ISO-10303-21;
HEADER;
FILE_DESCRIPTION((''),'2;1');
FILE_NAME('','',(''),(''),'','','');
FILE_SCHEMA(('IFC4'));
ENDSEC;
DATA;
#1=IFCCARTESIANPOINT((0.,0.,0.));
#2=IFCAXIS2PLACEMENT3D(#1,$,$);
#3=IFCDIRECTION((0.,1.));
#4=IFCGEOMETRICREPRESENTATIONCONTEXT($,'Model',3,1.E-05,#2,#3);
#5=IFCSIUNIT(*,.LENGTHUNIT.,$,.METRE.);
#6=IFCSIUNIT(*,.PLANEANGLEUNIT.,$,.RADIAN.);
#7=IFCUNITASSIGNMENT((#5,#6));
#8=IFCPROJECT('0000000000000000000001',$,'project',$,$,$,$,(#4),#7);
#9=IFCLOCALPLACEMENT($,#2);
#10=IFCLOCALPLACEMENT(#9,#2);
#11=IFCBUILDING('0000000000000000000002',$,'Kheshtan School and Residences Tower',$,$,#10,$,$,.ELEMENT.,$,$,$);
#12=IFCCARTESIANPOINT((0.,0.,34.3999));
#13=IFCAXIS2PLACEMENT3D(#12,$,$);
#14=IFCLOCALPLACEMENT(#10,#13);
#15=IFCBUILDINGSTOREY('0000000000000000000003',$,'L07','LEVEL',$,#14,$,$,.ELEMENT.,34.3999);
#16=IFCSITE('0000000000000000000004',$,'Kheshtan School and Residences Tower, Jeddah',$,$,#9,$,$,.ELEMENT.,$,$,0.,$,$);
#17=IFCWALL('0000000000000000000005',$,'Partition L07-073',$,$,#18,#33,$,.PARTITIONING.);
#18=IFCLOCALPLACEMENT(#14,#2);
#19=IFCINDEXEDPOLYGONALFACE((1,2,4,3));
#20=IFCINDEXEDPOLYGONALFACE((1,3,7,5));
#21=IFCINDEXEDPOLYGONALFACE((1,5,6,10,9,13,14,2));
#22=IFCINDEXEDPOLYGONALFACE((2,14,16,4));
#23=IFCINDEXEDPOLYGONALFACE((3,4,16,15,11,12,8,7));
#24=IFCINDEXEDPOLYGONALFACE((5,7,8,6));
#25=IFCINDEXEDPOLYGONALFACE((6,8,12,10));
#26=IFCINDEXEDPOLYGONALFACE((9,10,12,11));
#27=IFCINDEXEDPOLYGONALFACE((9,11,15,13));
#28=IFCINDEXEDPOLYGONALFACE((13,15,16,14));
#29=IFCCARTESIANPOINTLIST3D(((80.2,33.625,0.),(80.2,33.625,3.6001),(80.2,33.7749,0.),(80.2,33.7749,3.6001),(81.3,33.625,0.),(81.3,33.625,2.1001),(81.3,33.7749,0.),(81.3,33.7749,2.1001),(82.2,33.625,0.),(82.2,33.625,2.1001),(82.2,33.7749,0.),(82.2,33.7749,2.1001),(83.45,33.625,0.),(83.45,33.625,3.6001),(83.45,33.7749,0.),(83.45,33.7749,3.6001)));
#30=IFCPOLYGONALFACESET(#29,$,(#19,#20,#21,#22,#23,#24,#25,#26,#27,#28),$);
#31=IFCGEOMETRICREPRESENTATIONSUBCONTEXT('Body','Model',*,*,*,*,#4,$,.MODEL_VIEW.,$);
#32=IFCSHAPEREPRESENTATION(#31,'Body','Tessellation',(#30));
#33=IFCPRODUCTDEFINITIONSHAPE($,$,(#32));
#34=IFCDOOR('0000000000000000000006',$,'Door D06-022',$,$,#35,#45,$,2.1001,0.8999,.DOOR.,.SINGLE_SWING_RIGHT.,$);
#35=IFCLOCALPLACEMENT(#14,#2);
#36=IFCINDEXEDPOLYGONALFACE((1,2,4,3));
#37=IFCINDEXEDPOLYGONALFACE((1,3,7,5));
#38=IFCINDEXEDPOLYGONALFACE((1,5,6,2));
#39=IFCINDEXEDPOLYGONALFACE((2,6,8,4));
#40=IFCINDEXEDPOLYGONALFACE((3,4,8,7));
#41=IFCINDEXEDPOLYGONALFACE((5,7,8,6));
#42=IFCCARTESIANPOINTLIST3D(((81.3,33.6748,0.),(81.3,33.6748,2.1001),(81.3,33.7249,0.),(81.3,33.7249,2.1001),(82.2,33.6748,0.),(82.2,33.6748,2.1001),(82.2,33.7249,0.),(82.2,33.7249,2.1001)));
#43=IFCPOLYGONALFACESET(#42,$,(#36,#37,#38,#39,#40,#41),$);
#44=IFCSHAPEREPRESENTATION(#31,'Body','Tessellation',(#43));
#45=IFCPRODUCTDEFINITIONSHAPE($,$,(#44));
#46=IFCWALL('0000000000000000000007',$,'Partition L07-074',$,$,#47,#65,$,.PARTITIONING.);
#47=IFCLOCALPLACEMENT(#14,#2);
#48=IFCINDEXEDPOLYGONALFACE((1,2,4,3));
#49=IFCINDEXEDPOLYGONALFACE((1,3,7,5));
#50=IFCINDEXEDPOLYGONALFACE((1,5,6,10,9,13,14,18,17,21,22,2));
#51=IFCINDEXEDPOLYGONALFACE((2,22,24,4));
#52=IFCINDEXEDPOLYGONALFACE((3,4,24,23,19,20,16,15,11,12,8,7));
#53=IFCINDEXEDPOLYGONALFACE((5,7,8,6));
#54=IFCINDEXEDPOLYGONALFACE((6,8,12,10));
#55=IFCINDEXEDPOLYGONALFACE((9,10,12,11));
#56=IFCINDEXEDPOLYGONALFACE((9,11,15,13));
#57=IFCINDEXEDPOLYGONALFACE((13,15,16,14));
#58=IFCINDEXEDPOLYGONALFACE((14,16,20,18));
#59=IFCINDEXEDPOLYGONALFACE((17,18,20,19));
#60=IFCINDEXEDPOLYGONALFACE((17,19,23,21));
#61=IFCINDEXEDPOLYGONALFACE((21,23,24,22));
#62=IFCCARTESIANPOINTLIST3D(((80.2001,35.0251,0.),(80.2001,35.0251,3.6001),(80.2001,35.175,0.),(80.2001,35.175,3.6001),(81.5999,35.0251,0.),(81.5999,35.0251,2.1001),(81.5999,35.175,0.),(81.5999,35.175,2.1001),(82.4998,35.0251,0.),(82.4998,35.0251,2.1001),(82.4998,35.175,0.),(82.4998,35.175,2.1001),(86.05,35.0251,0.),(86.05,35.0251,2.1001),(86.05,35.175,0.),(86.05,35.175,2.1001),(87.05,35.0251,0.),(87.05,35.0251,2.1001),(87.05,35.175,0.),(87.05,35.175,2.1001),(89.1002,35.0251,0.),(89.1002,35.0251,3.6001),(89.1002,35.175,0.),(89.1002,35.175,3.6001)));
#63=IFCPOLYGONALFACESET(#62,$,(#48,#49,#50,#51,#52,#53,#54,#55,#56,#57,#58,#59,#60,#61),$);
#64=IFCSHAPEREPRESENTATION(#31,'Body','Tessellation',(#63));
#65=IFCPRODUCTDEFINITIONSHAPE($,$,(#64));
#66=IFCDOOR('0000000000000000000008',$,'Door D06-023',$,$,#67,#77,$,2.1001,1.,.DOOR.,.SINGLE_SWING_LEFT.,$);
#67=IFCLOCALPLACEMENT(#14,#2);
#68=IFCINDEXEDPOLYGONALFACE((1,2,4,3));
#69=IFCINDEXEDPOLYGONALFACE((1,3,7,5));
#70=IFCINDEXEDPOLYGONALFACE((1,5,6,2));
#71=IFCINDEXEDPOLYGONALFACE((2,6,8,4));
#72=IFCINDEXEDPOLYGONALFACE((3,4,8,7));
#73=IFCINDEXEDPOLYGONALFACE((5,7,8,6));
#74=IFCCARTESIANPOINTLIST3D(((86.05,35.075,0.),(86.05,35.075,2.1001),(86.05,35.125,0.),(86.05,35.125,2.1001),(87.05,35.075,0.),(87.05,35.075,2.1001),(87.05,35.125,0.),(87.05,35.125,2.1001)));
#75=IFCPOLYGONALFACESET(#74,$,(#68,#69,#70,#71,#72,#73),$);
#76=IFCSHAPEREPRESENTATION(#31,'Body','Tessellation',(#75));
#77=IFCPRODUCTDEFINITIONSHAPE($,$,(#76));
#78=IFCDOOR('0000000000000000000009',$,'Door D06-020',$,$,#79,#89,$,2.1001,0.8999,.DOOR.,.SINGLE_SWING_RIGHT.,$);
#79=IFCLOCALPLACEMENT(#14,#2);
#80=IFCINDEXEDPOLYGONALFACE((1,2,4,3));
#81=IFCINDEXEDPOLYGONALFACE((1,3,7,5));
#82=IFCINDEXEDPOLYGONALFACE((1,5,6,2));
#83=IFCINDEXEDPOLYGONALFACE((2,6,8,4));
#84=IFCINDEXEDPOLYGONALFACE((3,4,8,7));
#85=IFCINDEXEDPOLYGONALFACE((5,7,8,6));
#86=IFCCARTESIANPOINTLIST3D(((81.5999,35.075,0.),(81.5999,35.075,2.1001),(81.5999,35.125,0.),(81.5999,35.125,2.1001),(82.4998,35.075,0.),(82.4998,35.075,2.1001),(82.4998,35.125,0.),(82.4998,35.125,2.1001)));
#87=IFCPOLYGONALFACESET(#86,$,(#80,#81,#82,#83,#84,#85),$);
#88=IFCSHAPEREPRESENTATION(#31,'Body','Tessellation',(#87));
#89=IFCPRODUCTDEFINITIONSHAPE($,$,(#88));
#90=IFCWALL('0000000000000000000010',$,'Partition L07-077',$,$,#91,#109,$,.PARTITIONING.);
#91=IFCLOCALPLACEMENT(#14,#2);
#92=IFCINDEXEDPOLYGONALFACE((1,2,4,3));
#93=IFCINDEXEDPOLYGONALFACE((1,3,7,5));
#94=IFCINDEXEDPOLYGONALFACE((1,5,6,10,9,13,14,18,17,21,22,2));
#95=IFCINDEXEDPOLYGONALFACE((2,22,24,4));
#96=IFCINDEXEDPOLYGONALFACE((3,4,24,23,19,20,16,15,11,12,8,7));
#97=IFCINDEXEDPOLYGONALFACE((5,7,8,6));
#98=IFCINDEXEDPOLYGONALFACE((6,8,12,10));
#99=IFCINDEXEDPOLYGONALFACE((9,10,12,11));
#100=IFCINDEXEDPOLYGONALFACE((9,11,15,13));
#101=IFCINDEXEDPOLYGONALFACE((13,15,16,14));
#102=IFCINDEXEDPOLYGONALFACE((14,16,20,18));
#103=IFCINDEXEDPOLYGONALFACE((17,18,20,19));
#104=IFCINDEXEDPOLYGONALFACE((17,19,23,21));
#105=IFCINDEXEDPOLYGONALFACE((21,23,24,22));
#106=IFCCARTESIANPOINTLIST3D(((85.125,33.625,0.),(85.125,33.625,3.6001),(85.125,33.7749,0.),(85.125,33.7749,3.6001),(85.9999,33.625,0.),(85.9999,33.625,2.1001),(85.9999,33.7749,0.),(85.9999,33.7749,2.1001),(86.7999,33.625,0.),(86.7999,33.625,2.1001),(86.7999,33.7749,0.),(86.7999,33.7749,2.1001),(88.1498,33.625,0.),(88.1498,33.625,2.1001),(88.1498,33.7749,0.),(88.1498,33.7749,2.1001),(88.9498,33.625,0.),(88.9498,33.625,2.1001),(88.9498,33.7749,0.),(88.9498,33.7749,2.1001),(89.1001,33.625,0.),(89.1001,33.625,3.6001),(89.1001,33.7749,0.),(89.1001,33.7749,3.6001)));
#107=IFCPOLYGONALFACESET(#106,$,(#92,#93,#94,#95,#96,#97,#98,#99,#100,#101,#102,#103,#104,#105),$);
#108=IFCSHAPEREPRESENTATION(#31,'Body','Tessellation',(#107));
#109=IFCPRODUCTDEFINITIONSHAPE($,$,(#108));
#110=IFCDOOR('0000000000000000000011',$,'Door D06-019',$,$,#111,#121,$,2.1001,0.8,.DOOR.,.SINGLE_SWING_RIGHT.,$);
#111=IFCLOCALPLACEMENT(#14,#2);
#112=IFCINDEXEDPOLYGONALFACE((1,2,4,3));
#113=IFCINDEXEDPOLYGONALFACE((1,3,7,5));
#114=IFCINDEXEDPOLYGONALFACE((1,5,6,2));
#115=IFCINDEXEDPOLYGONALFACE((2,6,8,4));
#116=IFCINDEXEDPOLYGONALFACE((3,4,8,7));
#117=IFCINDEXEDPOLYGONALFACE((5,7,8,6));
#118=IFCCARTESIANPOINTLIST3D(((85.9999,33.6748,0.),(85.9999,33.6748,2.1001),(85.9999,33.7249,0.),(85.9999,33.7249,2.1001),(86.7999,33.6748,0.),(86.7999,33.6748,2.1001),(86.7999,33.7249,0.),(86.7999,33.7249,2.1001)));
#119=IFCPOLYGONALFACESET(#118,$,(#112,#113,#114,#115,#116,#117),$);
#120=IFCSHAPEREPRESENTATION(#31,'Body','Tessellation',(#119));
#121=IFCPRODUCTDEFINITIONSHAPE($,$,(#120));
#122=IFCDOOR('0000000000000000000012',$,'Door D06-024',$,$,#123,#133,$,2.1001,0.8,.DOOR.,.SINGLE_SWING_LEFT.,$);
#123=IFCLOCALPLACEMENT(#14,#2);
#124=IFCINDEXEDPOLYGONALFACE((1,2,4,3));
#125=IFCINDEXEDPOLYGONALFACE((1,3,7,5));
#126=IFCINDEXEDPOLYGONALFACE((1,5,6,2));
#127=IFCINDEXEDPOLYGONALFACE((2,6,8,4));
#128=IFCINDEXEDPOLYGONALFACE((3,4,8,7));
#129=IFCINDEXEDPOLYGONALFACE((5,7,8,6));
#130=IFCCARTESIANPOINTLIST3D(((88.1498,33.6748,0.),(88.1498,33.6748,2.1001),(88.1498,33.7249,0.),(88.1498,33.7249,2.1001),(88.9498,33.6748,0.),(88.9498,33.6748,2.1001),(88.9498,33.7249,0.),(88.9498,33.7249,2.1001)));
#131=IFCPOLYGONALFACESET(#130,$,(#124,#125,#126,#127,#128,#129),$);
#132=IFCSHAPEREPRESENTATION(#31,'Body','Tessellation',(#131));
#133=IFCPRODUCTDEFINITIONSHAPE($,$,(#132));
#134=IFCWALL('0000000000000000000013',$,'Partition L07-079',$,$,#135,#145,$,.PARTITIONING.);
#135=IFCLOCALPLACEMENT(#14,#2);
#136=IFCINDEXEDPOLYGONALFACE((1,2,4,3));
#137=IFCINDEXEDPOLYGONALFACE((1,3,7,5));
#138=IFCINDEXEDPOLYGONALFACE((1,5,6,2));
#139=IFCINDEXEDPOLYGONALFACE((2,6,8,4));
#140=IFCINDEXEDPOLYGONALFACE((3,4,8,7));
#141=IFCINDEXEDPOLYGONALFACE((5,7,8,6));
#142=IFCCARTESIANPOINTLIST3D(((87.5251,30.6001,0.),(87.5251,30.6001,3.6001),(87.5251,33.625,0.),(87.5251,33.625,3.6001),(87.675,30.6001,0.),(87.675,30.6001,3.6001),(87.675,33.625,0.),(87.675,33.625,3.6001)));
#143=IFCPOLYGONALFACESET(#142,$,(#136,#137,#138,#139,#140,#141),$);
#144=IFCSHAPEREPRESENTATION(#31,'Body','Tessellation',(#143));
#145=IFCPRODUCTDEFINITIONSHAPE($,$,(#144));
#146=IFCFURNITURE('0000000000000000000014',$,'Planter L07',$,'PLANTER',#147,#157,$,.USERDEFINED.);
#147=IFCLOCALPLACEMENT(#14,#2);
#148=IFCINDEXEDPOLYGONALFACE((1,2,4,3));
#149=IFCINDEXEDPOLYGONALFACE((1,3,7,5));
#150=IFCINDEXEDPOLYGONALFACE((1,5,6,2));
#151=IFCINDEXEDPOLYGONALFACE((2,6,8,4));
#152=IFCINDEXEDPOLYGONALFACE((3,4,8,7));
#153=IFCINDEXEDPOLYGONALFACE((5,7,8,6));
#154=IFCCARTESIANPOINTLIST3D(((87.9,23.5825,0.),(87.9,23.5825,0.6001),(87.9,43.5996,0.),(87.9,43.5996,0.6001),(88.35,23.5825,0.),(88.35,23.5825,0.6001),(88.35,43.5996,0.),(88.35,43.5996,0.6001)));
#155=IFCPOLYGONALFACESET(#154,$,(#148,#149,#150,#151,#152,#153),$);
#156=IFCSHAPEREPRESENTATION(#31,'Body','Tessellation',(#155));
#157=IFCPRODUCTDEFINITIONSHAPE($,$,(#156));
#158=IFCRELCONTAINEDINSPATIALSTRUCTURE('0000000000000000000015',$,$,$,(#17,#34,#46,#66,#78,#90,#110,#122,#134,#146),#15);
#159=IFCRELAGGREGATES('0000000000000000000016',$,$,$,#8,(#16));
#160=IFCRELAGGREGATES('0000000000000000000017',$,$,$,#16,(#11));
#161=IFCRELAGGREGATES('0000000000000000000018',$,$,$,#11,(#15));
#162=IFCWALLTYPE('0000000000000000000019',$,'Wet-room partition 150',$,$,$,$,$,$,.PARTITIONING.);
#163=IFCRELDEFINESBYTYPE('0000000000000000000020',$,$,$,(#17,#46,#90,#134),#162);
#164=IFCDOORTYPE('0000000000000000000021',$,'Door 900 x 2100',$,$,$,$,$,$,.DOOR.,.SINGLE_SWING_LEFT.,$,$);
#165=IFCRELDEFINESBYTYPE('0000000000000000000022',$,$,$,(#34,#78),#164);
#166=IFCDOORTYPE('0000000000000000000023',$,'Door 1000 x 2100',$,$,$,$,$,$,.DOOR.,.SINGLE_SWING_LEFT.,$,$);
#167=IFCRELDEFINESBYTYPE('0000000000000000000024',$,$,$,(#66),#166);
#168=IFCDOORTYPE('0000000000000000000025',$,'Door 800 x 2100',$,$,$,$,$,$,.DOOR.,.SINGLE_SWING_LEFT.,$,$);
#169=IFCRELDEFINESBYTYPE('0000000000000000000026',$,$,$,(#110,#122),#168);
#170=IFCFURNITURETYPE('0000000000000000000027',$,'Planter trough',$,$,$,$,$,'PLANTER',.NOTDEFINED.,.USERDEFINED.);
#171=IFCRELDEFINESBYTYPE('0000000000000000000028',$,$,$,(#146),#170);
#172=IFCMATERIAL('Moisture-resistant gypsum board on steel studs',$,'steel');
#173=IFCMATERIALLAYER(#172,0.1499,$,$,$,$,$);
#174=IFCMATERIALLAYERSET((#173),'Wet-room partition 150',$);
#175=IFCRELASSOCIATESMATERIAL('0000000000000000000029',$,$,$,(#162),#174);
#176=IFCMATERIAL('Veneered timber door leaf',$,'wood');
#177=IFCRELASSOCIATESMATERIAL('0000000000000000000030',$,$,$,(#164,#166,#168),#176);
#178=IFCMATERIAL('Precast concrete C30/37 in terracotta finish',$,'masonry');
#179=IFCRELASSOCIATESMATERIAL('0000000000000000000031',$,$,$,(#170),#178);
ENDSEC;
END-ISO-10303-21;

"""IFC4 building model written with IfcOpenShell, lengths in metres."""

from ifc_helpers import new_model, si_unit, direction, frame, frame_2d, origin, origin_2d, place, context, subcontext, project, spatial, rectangle, extrude, source, transform, mapped, material, layer, layer_set, type_object, element, fill, save


model = new_model("IFC4")

# Units and contexts
model_context = context("Model", 3, precision=1e-05, world=origin(), true_north=direction((0.0, 1.0)))
body_context = subcontext(model_context, "Body", "Model", "MODEL_VIEW")
ifc_project = project(units=[si_unit("LENGTHUNIT", "METRE"), si_unit("PLANEANGLEUNIT", "RADIAN")], contexts=[model_context])

# Site, building, storey
site_placement = place(None, origin())
site = spatial("IfcSite", under=ifc_project, at=site_placement, Name="Kheshtan School and Residences Tower, Jeddah", CompositionType="ELEMENT", RefElevation=0.0)
building_placement = place(site_placement, origin())
building = spatial("IfcBuilding", under=site, at=building_placement, Name="Kheshtan School and Residences Tower", CompositionType="ELEMENT")
storey_placement = place(building_placement, frame((0.0, 0.0, 34.3999)))
storey = spatial("IfcBuildingStorey", under=building, at=storey_placement, Name="L07", Description="LEVEL", CompositionType="ELEMENT", Elevation=34.3999)

# Wall, opening, door
ifc_material_1 = material(Name="Moisture-resistant gypsum board on steel studs", Category="steel")
ifc_layer_1 = layer(ifc_material_1, 0.1499)
ifc_layer_set_1 = layer_set([ifc_layer_1], Name="Wet-room partition 150")
wall_type_1 = type_object("IfcWallType", Name="Wet-room partition 150", PredefinedType="PARTITIONING", material=ifc_layer_set_1)
wall_1_placement = place(storey_placement, frame((80.2, 33.7, 0.0), z_axis=(0.0, 0.0, 1.0), x_axis=(1.0, 0.0, 0.0)))
wall_1 = element("IfcWall", 1, at=wall_1_placement, inside=storey, type_object=wall_type_1, Name="Partition L07-073", PredefinedType="PARTITIONING", context=body_context, shape_type="SweptSolid", body=[
    extrude(rectangle(XDim=3.25, YDim=0.1499, at=frame_2d((1.625, 0.0))), origin(), (0.0, 0.0, 1.0), 3.6001),
])
opening_1_placement = place(wall_1_placement, frame((1.1001, 0.0, 0.0)))
opening_1 = element("IfcOpeningElement", 2, at=opening_1_placement, cuts=wall_1, PredefinedType="OPENING", context=body_context, shape_type="SweptSolid", body=[
    extrude(rectangle(XDim=0.8999, YDim=2.1001, at=frame_2d((0.45, 1.05))), frame((0.0, 0.085, 0.0), z_axis=(0.0, -1.0, 0.0), x_axis=(1.0, 0.0, 0.0)), (0.0, 0.0, 1.0), 0.1699),
])
ifc_material_2 = material(Name="Veneered timber door leaf", Category="wood")
door_type_1 = type_object("IfcDoorType", Name="Door 900 x 2100", OperationType="SINGLE_SWING_LEFT", PredefinedType="DOOR", material=ifc_material_2)
shared_shape_1 = source(origin(), body_context, "Body", "SweptSolid", [
    extrude(rectangle(XDim=0.8999, YDim=2.1001, at=frame_2d((0.45, 1.05))), frame((0.0, 0.0249, 0.0), z_axis=(0.0, -1.0, 0.0), x_axis=(1.0, 0.0, 0.0)), (0.0, 0.0, 1.0), 0.05),
])
door_1_placement = place(opening_1_placement, origin())
door_1 = element("IfcDoor", 3, at=door_1_placement, inside=storey, type_object=door_type_1, Name="Door D06-022", OperationType="SINGLE_SWING_RIGHT", OverallHeight=2.1001, OverallWidth=0.8999, PredefinedType="DOOR", context=body_context, shape_type="MappedRepresentation", body=[
    mapped(shared_shape_1, transform((0.0, 0.0, 0.0), x_axis=(1.0, 0.0, 0.0), y_axis=(0.0, 1.0, 0.0), z_axis=(0.0, 0.0, 1.0), scale=1.0)),
])
fill(opening_1, door_1)

# Walls, openings, doors
wall_2_placement = place(storey_placement, frame((80.2, 35.1001, 0.0), z_axis=(0.0, 0.0, 1.0), x_axis=(1.0, 0.0, 0.0)))
wall_2 = element("IfcWall", 4, at=wall_2_placement, inside=storey, type_object=wall_type_1, Name="Partition L07-074", PredefinedType="PARTITIONING", context=body_context, shape_type="SweptSolid", body=[
    extrude(rectangle(XDim=8.9001, YDim=0.1499, at=frame_2d((4.4502, 0.0))), origin(), (0.0, 0.0, 1.0), 3.6001),
])
opening_2_placement = place(wall_2_placement, frame((1.3999, 0.0, 0.0)))
opening_2 = element("IfcOpeningElement", 5, at=opening_2_placement, cuts=wall_2, PredefinedType="OPENING", context=body_context, shape_type="SweptSolid", body=[
    extrude(rectangle(XDim=0.8999, YDim=2.1001, at=frame_2d((0.45, 1.05))), frame((0.0, 0.085, 0.0), z_axis=(0.0, -1.0, 0.0), x_axis=(1.0, 0.0, 0.0)), (0.0, 0.0, 1.0), 0.1699),
])
opening_3_placement = place(wall_2_placement, frame((5.8501, 0.0, 0.0)))
opening_3 = element("IfcOpeningElement", 6, at=opening_3_placement, cuts=wall_2, PredefinedType="OPENING", context=body_context, shape_type="SweptSolid", body=[
    extrude(rectangle(XDim=1.0, YDim=2.1001, at=frame_2d((0.5, 1.05))), frame((0.0, 0.085, 0.0), z_axis=(0.0, -1.0, 0.0), x_axis=(1.0, 0.0, 0.0)), (0.0, 0.0, 1.0), 0.1699),
])
door_type_2 = type_object("IfcDoorType", Name="Door 1000 x 2100", OperationType="SINGLE_SWING_LEFT", PredefinedType="DOOR", material=ifc_material_2)
shared_shape_2 = source(origin(), body_context, "Body", "SweptSolid", [
    extrude(rectangle(XDim=1.0, YDim=2.1001, at=frame_2d((0.5, 1.05))), frame((0.0, 0.0249, 0.0), z_axis=(0.0, -1.0, 0.0), x_axis=(1.0, 0.0, 0.0)), (0.0, 0.0, 1.0), 0.05),
])
door_2_placement = place(opening_3_placement, origin())
door_2 = element("IfcDoor", 7, at=door_2_placement, inside=storey, type_object=door_type_2, Name="Door D06-023", OperationType="SINGLE_SWING_LEFT", OverallHeight=2.1001, OverallWidth=1.0, PredefinedType="DOOR", context=body_context, shape_type="MappedRepresentation", body=[
    mapped(shared_shape_2, transform((0.0, 0.0, 0.0), x_axis=(1.0, 0.0, 0.0), y_axis=(0.0, 1.0, 0.0), z_axis=(0.0, 0.0, 1.0), scale=1.0)),
])
fill(opening_3, door_2)
door_3_placement = place(opening_2_placement, origin())
door_3 = element("IfcDoor", 8, at=door_3_placement, inside=storey, type_object=door_type_1, Name="Door D06-020", OperationType="SINGLE_SWING_RIGHT", OverallHeight=2.1001, OverallWidth=0.8999, PredefinedType="DOOR", context=body_context, shape_type="MappedRepresentation", body=[
    mapped(shared_shape_1, transform((0.0, 0.0, 0.0), x_axis=(1.0, 0.0, 0.0), y_axis=(0.0, 1.0, 0.0), z_axis=(0.0, 0.0, 1.0), scale=1.0)),
])
fill(opening_2, door_3)
wall_3_placement = place(storey_placement, frame((85.125, 33.7, 0.0), z_axis=(0.0, 0.0, 1.0), x_axis=(1.0, 0.0, 0.0)))
wall_3 = element("IfcWall", 9, at=wall_3_placement, inside=storey, type_object=wall_type_1, Name="Partition L07-077", PredefinedType="PARTITIONING", context=body_context, shape_type="SweptSolid", body=[
    extrude(rectangle(XDim=3.9751, YDim=0.1499, at=frame_2d((1.9875, 0.0))), origin(), (0.0, 0.0, 1.0), 3.6001),
])
opening_4_placement = place(wall_3_placement, frame((0.875, 0.0, 0.0)))
opening_4 = element("IfcOpeningElement", 10, at=opening_4_placement, cuts=wall_3, PredefinedType="OPENING", context=body_context, shape_type="SweptSolid", body=[
    extrude(rectangle(XDim=0.8, YDim=2.1001, at=frame_2d((0.3999, 1.05))), frame((0.0, 0.085, 0.0), z_axis=(0.0, -1.0, 0.0), x_axis=(1.0, 0.0, 0.0)), (0.0, 0.0, 1.0), 0.1699),
])
opening_5_placement = place(wall_3_placement, frame((3.0249, 0.0, 0.0)))
opening_5 = element("IfcOpeningElement", 11, at=opening_5_placement, cuts=wall_3, PredefinedType="OPENING", context=body_context, shape_type="SweptSolid", body=[
    extrude(rectangle(XDim=0.8, YDim=2.1001, at=frame_2d((0.3999, 1.05))), frame((0.0, 0.085, 0.0), z_axis=(0.0, -1.0, 0.0), x_axis=(1.0, 0.0, 0.0)), (0.0, 0.0, 1.0), 0.1699),
])
door_type_3 = type_object("IfcDoorType", Name="Door 800 x 2100", OperationType="SINGLE_SWING_LEFT", PredefinedType="DOOR", material=ifc_material_2)
shared_shape_3 = source(origin(), body_context, "Body", "SweptSolid", [
    extrude(rectangle(XDim=0.8, YDim=2.1001, at=frame_2d((0.3999, 1.05))), frame((0.0, 0.0249, 0.0), z_axis=(0.0, -1.0, 0.0), x_axis=(1.0, 0.0, 0.0)), (0.0, 0.0, 1.0), 0.05),
])
door_4_placement = place(opening_4_placement, origin())
door_4 = element("IfcDoor", 12, at=door_4_placement, inside=storey, type_object=door_type_3, Name="Door D06-019", OperationType="SINGLE_SWING_RIGHT", OverallHeight=2.1001, OverallWidth=0.8, PredefinedType="DOOR", context=body_context, shape_type="MappedRepresentation", body=[
    mapped(shared_shape_3, transform((0.0, 0.0, 0.0), x_axis=(1.0, 0.0, 0.0), y_axis=(0.0, 1.0, 0.0), z_axis=(0.0, 0.0, 1.0), scale=1.0)),
])
fill(opening_4, door_4)
door_5_placement = place(opening_5_placement, origin())
door_5 = element("IfcDoor", 13, at=door_5_placement, inside=storey, type_object=door_type_3, Name="Door D06-024", OperationType="SINGLE_SWING_LEFT", OverallHeight=2.1001, OverallWidth=0.8, PredefinedType="DOOR", context=body_context, shape_type="MappedRepresentation", body=[
    mapped(shared_shape_3, transform((0.0, 0.0, 0.0), x_axis=(1.0, 0.0, 0.0), y_axis=(0.0, 1.0, 0.0), z_axis=(0.0, 0.0, 1.0), scale=1.0)),
])
fill(opening_5, door_5)

# Wall
wall_4_placement = place(storey_placement, frame((87.6001, 30.6001, 0.0), z_axis=(0.0, 0.0, 1.0), x_axis=(0.0, 1.0, 0.0)))
element("IfcWall", 14, at=wall_4_placement, inside=storey, type_object=wall_type_1, Name="Partition L07-079", PredefinedType="PARTITIONING", context=body_context, shape_type="SweptSolid", body=[
    extrude(rectangle(XDim=3.0249, YDim=0.1499, at=frame_2d((1.5125, 0.0))), origin(), (0.0, 0.0, 1.0), 3.6001),
])

# Furniture
ifc_material_3 = material(Name="Precast concrete C30/37 in terracotta finish", Category="masonry")
furniture_type = type_object("IfcFurnitureType", Name="Planter trough", ElementType="PLANTER", AssemblyPlace="NOTDEFINED", PredefinedType="USERDEFINED", material=ifc_material_3)
furniture_placement = place(storey_placement, frame((88.125, 33.5911, 0.0), z_axis=(0.0, 0.0, 1.0), x_axis=(0.0, -1.0, 0.0)))
element("IfcFurniture", 15, at=furniture_placement, inside=storey, type_object=furniture_type, Name="Planter L07", ObjectType="PLANTER", PredefinedType="USERDEFINED", context=body_context, shape_type="SweptSolid", body=[
    extrude(rectangle(XDim=20.0171, YDim=0.45, at=origin_2d()), origin(), (0.0, 0.0, 1.0), 0.6001),
])

save(model, "model.ifc")
